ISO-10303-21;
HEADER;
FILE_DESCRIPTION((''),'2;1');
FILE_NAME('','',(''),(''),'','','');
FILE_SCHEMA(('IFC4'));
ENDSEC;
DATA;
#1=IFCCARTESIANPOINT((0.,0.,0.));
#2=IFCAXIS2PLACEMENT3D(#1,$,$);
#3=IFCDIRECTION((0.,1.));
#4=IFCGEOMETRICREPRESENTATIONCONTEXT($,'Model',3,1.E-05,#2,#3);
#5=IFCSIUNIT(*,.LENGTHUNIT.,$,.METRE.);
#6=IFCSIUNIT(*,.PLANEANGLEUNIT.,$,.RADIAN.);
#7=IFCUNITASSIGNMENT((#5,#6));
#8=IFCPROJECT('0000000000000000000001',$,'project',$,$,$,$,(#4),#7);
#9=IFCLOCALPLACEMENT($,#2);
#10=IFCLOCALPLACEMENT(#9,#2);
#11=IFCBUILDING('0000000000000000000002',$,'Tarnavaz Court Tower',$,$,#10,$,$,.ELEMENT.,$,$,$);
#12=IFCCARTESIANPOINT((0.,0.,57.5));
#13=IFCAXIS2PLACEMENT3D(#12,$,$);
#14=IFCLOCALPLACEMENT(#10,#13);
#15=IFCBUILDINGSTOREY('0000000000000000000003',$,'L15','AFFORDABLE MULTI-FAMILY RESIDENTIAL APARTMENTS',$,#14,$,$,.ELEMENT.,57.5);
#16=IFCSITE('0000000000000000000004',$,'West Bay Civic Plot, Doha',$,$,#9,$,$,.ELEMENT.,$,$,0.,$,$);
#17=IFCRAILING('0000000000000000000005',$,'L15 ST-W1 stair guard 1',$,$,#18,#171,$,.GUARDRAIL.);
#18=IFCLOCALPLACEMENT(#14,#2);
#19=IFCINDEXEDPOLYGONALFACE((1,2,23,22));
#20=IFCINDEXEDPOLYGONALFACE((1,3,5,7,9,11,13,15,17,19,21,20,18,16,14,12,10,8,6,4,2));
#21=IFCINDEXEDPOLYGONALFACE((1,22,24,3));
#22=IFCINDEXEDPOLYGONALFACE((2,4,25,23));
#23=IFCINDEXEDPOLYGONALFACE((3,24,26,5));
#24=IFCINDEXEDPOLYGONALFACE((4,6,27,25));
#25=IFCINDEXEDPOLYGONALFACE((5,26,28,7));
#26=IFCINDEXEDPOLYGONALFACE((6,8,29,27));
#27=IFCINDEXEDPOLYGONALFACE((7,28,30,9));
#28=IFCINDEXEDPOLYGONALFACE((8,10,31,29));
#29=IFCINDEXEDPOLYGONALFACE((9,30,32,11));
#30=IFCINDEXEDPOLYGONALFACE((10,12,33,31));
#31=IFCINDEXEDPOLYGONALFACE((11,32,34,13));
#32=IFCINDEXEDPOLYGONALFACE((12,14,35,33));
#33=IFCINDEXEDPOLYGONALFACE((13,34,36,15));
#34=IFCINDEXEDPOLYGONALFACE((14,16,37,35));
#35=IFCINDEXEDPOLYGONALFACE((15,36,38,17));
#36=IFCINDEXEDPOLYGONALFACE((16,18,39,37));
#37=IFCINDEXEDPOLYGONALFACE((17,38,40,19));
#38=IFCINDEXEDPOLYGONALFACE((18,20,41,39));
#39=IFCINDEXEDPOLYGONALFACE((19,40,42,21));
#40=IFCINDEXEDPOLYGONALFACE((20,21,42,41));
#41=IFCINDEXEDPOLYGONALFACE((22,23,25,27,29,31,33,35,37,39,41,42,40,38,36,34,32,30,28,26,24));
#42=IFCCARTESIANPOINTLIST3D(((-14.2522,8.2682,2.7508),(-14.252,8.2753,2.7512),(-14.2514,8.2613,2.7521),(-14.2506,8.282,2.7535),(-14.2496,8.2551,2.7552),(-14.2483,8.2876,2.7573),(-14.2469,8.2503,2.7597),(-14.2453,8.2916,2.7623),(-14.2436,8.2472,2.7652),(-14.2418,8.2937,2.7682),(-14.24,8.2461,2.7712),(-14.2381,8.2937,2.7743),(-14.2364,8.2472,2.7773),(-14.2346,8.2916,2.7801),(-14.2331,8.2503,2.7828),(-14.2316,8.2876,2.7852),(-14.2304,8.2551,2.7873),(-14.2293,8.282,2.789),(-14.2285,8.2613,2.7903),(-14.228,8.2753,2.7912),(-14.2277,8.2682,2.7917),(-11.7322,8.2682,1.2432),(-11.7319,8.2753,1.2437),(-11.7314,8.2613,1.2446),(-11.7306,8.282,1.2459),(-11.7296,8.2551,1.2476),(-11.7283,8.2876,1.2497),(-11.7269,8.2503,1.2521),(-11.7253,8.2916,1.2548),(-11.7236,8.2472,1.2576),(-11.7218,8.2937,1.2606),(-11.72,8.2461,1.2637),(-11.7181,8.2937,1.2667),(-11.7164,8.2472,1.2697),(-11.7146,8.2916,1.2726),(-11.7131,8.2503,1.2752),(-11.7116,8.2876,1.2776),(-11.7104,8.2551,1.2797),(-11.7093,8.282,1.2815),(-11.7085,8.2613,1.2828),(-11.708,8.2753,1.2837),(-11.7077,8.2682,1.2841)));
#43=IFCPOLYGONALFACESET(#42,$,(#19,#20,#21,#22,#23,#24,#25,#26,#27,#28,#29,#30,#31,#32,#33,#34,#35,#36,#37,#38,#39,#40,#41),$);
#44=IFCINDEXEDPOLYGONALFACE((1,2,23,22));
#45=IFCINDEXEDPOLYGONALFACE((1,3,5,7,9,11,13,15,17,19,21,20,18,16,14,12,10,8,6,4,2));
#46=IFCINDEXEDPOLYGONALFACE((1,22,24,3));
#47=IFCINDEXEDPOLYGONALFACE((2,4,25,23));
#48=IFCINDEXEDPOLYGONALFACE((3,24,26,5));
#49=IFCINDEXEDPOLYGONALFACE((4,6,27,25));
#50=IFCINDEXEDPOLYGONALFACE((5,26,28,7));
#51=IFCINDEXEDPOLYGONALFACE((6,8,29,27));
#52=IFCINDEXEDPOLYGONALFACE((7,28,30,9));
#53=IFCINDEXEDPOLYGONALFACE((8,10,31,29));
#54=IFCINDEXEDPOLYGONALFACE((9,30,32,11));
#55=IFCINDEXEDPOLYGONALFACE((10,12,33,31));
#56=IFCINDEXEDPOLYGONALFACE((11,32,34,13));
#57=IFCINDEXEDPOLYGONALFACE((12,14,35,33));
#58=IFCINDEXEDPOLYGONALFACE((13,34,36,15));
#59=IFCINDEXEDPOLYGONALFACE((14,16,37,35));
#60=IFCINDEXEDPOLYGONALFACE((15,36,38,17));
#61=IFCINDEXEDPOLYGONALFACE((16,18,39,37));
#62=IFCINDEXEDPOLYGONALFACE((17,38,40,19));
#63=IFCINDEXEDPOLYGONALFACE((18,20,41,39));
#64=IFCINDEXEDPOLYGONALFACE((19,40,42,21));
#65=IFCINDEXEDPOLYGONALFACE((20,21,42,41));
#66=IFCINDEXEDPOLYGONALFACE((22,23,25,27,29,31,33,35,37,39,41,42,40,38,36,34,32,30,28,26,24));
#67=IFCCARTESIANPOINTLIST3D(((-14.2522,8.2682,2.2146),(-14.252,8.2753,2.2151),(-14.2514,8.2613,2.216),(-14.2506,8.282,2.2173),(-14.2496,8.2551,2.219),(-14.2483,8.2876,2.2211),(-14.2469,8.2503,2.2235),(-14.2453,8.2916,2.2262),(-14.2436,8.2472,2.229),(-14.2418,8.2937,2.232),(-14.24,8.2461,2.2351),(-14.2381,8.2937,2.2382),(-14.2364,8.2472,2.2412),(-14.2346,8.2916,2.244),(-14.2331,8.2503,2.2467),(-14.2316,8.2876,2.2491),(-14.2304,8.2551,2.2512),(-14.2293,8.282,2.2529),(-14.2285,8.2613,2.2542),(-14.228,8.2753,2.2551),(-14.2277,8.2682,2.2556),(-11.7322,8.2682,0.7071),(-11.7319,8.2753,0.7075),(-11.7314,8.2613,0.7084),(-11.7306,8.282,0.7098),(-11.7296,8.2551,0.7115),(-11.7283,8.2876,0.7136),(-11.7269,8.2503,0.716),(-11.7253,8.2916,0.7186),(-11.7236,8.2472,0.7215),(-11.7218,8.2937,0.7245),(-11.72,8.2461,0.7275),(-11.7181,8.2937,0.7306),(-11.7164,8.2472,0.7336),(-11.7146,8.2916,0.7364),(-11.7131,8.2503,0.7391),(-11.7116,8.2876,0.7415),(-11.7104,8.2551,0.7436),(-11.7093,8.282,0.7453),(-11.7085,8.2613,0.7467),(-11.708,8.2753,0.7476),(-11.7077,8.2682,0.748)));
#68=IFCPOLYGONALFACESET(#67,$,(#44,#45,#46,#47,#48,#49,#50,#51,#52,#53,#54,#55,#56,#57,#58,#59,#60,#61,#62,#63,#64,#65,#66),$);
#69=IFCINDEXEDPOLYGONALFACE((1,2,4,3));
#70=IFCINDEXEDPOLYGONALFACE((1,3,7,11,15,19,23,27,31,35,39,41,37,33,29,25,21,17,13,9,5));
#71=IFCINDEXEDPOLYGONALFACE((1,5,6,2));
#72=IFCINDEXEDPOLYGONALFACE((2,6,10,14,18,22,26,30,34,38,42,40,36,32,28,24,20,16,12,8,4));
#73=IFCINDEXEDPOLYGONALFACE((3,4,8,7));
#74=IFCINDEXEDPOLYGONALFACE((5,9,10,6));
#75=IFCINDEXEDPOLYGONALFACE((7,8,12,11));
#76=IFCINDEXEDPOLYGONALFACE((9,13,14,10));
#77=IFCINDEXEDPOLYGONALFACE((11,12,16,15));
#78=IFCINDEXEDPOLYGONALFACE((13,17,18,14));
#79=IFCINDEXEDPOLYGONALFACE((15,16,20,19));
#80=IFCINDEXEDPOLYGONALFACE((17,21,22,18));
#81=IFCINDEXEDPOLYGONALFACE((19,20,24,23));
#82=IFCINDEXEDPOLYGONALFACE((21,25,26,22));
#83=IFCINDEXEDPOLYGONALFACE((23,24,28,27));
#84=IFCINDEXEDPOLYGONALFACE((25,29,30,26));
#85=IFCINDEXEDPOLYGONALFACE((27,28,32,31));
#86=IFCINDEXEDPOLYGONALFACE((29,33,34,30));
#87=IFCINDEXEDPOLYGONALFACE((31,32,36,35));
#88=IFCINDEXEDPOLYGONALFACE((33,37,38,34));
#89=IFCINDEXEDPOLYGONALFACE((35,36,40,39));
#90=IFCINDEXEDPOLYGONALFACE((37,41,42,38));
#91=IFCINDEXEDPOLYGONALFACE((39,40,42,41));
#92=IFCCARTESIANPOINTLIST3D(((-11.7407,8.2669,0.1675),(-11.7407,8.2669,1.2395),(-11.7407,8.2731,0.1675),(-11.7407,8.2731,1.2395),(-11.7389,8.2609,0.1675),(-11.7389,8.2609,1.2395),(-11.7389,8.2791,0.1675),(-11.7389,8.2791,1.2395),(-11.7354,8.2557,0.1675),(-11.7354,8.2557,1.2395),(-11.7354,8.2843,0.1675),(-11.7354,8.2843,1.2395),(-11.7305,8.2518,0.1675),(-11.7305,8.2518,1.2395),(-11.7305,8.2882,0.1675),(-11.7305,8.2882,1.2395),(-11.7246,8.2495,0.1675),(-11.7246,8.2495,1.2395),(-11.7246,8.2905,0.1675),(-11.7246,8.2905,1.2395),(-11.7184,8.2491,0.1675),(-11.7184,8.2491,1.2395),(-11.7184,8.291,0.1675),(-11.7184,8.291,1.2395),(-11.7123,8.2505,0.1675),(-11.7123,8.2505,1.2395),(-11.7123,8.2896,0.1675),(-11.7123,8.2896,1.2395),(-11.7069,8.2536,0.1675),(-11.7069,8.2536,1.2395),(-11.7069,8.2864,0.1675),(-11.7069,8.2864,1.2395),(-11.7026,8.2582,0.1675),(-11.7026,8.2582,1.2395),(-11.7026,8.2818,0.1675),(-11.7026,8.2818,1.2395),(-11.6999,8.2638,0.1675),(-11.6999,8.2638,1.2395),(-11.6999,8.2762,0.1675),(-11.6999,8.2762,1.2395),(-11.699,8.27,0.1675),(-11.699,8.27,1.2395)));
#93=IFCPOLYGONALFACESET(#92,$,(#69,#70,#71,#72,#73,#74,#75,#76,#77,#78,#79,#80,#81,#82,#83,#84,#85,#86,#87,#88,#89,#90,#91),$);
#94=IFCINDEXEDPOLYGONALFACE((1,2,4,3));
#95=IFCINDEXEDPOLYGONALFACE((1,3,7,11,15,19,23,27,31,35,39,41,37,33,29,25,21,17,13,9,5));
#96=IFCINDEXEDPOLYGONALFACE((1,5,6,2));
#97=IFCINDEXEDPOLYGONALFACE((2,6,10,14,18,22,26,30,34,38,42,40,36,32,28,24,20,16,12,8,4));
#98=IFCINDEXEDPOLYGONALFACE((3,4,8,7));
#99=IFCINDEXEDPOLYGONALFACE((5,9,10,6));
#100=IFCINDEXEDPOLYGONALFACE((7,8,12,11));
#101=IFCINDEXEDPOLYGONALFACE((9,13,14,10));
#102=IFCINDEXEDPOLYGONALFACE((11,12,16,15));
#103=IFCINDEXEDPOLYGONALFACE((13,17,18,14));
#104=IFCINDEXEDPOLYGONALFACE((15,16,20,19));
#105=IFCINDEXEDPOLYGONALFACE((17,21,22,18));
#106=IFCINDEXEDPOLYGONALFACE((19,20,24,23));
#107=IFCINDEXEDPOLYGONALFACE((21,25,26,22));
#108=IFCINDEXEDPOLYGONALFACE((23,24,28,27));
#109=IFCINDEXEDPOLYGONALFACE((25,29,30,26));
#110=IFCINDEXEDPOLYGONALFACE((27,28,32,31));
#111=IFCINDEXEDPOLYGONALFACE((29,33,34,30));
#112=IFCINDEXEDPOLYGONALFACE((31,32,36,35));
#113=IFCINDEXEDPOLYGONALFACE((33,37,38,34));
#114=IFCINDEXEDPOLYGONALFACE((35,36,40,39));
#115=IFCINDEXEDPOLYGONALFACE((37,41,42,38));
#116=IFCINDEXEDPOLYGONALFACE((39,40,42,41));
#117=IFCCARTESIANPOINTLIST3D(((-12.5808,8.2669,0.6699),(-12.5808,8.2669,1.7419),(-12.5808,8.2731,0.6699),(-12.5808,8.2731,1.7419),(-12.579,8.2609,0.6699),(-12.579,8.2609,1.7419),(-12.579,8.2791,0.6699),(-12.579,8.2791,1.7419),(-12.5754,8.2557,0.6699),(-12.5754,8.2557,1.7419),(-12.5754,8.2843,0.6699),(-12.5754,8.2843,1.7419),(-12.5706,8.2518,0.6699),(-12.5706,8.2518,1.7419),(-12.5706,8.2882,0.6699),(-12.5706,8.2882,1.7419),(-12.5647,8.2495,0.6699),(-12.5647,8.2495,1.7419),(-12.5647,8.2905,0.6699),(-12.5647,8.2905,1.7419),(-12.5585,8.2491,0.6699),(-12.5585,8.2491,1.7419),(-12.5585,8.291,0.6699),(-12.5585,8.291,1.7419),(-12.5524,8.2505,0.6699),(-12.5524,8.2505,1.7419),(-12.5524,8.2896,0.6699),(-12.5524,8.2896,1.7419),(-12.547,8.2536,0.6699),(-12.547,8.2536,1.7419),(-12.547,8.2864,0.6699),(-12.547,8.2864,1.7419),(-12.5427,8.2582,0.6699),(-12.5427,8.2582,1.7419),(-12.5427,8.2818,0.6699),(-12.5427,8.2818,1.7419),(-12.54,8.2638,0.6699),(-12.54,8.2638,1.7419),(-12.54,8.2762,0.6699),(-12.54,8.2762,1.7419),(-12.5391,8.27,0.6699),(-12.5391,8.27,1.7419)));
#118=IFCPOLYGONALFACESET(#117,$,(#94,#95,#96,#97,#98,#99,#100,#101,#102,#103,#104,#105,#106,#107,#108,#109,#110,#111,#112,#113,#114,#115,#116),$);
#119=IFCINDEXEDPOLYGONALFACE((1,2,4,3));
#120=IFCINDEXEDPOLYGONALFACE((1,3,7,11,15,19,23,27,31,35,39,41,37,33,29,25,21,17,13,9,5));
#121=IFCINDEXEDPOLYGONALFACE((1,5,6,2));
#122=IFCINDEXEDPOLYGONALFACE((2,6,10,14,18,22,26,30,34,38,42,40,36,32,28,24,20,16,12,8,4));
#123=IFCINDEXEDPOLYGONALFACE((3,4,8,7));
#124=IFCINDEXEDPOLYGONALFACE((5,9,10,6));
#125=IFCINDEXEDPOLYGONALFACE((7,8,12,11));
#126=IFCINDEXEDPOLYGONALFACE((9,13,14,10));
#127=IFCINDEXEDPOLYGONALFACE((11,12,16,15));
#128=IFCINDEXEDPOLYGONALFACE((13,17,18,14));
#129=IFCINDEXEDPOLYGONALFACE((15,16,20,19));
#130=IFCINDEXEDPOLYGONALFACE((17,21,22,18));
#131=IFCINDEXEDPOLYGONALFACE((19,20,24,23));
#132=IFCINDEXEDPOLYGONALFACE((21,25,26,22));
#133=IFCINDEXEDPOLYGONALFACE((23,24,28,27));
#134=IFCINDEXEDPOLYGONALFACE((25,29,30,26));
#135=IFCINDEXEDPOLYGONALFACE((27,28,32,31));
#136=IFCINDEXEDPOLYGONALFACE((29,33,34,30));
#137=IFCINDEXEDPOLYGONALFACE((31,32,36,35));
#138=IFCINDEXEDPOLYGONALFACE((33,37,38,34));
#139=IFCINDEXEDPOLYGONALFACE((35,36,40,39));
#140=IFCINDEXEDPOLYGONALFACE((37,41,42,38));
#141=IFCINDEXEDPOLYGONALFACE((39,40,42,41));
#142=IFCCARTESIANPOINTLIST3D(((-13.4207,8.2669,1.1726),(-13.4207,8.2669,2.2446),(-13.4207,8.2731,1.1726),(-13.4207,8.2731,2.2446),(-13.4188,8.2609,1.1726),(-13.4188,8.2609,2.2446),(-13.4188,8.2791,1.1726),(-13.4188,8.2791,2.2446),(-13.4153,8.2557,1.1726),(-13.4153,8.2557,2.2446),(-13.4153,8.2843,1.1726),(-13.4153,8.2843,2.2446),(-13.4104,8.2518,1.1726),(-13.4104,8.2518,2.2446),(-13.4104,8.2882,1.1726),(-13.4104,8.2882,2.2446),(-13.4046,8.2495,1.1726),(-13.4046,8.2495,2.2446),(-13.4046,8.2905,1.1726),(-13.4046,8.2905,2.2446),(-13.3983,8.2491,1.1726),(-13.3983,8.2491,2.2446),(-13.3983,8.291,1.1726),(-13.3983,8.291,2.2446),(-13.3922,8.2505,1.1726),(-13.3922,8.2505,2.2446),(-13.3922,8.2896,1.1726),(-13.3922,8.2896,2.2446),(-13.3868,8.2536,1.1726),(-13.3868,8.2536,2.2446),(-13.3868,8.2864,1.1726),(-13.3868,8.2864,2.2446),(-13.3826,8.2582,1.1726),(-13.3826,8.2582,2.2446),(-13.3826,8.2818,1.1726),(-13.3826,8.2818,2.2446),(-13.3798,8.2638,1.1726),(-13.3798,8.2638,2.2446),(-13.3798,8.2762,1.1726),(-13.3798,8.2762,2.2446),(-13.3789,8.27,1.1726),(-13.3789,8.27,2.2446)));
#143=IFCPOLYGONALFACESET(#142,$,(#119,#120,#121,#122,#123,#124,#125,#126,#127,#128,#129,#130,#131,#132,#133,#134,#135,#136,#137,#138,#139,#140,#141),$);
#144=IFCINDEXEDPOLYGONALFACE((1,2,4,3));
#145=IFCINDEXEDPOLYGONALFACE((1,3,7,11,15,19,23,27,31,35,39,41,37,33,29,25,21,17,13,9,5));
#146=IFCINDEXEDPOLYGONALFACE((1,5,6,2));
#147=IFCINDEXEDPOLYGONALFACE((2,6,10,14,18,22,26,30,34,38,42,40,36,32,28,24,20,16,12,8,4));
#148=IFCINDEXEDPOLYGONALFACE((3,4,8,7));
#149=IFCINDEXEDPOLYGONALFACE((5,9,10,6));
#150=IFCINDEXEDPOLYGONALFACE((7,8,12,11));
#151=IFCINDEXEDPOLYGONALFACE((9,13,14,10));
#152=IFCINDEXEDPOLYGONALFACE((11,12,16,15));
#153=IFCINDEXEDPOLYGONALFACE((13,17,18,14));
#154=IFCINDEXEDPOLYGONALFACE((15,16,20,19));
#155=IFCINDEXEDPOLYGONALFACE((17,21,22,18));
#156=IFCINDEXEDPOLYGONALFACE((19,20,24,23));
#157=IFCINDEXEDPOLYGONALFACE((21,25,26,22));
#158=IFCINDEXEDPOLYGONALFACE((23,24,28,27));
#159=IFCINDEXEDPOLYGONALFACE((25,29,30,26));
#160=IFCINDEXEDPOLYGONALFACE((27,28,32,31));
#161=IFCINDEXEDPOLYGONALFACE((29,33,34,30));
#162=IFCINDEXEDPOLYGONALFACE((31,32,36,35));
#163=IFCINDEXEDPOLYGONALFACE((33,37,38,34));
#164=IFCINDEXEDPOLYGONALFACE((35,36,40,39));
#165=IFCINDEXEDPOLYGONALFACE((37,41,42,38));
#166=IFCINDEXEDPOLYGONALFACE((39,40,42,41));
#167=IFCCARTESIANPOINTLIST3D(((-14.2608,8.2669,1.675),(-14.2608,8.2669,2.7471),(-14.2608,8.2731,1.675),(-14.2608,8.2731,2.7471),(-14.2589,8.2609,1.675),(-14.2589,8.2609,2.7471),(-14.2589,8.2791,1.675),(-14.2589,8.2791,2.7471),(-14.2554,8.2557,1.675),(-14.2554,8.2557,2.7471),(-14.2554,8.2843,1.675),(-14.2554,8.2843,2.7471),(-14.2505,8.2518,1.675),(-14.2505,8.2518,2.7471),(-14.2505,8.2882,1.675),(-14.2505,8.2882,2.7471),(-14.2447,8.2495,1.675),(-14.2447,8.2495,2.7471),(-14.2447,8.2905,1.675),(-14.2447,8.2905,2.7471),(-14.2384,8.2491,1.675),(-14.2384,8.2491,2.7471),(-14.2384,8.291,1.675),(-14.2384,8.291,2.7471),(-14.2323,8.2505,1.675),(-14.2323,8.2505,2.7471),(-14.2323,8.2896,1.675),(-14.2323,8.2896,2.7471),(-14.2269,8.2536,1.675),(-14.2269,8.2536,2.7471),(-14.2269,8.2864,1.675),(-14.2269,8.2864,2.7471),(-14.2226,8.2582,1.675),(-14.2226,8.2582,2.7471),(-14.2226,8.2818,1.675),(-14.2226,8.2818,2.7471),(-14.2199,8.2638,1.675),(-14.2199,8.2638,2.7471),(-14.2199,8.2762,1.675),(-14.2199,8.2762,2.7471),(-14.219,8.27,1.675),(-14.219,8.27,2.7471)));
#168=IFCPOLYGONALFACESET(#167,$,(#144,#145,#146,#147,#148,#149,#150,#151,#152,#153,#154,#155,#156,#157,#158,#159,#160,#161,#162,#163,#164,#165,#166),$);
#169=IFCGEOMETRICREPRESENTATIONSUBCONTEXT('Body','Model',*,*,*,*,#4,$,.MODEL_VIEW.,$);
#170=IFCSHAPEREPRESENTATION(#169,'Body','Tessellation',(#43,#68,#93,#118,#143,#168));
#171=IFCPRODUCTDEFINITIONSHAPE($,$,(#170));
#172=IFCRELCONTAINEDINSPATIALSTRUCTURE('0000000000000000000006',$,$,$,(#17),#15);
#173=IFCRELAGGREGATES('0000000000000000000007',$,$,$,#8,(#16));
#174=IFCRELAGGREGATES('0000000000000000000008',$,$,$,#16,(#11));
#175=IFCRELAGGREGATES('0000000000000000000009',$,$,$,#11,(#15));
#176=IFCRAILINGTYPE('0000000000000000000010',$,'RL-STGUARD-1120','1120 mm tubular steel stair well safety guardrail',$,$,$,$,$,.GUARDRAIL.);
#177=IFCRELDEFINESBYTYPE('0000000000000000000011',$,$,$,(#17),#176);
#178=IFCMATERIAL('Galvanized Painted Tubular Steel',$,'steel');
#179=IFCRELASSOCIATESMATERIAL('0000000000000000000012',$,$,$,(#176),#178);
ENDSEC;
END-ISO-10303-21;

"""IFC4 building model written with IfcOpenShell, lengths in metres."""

from ifc_helpers import new_model, si_unit, direction, frame, origin, origin_2d, place, context, subcontext, project, spatial, circle, extrude, material, type_object, element, save


model = new_model("IFC4")

# Units and contexts
model_context = context("Model", 3, precision=1e-05, world=origin(), true_north=direction((0.0, 1.0)))
body_context = subcontext(model_context, "Body", "Model", "MODEL_VIEW")
ifc_project = project(units=[si_unit("LENGTHUNIT", "METRE"), si_unit("PLANEANGLEUNIT", "RADIAN")], contexts=[model_context])

# Site, building, storey
site_placement = place(None, origin())
site = spatial("IfcSite", under=ifc_project, at=site_placement, Name="West Bay Civic Plot, Doha", CompositionType="ELEMENT", RefElevation=0.0)
building_placement = place(site_placement, origin())
building = spatial("IfcBuilding", under=site, at=building_placement, Name="Tarnavaz Court Tower", CompositionType="ELEMENT")
storey_placement = place(building_placement, frame((0.0, 0.0, 57.5)))
storey = spatial("IfcBuildingStorey", under=building, at=storey_placement, Name="L15", Description="AFFORDABLE MULTI-FAMILY RESIDENTIAL APARTMENTS", CompositionType="ELEMENT", Elevation=57.5)

# Railing
ifc_material_1 = material(Name="Galvanized Painted Tubular Steel", Category="steel")
railing_type_1 = type_object("IfcRailingType", Name="RL-STGUARD-1120", Description="1120 mm tubular steel stair well safety guardrail", PredefinedType="GUARDRAIL", material=ifc_material_1)
railing_1_placement = place(storey_placement, frame((-11.72, 8.27, 0.1675)))
element("IfcRailing", 1, at=railing_1_placement, inside=storey, type_object=railing_type_1, Name="L15 ST-W1 stair guard 1", PredefinedType="GUARDRAIL", context=body_context, shape_type="SweptSolid", body=[
    extrude(circle(Radius=0.0239, at=origin_2d()), frame((0.0, 0.0, 1.0962), z_axis=(-0.85816, 0.0, 0.513383), x_axis=(0.0, -1.0, 0.0)), (0.0, 0.0, 1.0), 2.9365),
    extrude(circle(Radius=0.0239, at=origin_2d()), frame((0.0, 0.0, 0.5601), z_axis=(-0.85816, 0.0, 0.513383), x_axis=(0.0, -1.0, 0.0)), (0.0, 0.0, 1.0), 2.9365),
    extrude(circle(Radius=0.021, at=origin_2d()), origin(), (0.0, 0.0, 1.0), 1.072),
    extrude(circle(Radius=0.021, at=origin_2d()), frame((-0.8401, 0.0, 0.5024)), (0.0, 0.0, 1.0), 1.072),
    extrude(circle(Radius=0.021, at=origin_2d()), frame((-1.6799, 0.0, 1.0051)), (0.0, 0.0, 1.0), 1.072),
    extrude(circle(Radius=0.021, at=origin_2d()), frame((-2.52, 0.0, 1.5076)), (0.0, 0.0, 1.0), 1.072),
])

save(model, "model.ifc")
